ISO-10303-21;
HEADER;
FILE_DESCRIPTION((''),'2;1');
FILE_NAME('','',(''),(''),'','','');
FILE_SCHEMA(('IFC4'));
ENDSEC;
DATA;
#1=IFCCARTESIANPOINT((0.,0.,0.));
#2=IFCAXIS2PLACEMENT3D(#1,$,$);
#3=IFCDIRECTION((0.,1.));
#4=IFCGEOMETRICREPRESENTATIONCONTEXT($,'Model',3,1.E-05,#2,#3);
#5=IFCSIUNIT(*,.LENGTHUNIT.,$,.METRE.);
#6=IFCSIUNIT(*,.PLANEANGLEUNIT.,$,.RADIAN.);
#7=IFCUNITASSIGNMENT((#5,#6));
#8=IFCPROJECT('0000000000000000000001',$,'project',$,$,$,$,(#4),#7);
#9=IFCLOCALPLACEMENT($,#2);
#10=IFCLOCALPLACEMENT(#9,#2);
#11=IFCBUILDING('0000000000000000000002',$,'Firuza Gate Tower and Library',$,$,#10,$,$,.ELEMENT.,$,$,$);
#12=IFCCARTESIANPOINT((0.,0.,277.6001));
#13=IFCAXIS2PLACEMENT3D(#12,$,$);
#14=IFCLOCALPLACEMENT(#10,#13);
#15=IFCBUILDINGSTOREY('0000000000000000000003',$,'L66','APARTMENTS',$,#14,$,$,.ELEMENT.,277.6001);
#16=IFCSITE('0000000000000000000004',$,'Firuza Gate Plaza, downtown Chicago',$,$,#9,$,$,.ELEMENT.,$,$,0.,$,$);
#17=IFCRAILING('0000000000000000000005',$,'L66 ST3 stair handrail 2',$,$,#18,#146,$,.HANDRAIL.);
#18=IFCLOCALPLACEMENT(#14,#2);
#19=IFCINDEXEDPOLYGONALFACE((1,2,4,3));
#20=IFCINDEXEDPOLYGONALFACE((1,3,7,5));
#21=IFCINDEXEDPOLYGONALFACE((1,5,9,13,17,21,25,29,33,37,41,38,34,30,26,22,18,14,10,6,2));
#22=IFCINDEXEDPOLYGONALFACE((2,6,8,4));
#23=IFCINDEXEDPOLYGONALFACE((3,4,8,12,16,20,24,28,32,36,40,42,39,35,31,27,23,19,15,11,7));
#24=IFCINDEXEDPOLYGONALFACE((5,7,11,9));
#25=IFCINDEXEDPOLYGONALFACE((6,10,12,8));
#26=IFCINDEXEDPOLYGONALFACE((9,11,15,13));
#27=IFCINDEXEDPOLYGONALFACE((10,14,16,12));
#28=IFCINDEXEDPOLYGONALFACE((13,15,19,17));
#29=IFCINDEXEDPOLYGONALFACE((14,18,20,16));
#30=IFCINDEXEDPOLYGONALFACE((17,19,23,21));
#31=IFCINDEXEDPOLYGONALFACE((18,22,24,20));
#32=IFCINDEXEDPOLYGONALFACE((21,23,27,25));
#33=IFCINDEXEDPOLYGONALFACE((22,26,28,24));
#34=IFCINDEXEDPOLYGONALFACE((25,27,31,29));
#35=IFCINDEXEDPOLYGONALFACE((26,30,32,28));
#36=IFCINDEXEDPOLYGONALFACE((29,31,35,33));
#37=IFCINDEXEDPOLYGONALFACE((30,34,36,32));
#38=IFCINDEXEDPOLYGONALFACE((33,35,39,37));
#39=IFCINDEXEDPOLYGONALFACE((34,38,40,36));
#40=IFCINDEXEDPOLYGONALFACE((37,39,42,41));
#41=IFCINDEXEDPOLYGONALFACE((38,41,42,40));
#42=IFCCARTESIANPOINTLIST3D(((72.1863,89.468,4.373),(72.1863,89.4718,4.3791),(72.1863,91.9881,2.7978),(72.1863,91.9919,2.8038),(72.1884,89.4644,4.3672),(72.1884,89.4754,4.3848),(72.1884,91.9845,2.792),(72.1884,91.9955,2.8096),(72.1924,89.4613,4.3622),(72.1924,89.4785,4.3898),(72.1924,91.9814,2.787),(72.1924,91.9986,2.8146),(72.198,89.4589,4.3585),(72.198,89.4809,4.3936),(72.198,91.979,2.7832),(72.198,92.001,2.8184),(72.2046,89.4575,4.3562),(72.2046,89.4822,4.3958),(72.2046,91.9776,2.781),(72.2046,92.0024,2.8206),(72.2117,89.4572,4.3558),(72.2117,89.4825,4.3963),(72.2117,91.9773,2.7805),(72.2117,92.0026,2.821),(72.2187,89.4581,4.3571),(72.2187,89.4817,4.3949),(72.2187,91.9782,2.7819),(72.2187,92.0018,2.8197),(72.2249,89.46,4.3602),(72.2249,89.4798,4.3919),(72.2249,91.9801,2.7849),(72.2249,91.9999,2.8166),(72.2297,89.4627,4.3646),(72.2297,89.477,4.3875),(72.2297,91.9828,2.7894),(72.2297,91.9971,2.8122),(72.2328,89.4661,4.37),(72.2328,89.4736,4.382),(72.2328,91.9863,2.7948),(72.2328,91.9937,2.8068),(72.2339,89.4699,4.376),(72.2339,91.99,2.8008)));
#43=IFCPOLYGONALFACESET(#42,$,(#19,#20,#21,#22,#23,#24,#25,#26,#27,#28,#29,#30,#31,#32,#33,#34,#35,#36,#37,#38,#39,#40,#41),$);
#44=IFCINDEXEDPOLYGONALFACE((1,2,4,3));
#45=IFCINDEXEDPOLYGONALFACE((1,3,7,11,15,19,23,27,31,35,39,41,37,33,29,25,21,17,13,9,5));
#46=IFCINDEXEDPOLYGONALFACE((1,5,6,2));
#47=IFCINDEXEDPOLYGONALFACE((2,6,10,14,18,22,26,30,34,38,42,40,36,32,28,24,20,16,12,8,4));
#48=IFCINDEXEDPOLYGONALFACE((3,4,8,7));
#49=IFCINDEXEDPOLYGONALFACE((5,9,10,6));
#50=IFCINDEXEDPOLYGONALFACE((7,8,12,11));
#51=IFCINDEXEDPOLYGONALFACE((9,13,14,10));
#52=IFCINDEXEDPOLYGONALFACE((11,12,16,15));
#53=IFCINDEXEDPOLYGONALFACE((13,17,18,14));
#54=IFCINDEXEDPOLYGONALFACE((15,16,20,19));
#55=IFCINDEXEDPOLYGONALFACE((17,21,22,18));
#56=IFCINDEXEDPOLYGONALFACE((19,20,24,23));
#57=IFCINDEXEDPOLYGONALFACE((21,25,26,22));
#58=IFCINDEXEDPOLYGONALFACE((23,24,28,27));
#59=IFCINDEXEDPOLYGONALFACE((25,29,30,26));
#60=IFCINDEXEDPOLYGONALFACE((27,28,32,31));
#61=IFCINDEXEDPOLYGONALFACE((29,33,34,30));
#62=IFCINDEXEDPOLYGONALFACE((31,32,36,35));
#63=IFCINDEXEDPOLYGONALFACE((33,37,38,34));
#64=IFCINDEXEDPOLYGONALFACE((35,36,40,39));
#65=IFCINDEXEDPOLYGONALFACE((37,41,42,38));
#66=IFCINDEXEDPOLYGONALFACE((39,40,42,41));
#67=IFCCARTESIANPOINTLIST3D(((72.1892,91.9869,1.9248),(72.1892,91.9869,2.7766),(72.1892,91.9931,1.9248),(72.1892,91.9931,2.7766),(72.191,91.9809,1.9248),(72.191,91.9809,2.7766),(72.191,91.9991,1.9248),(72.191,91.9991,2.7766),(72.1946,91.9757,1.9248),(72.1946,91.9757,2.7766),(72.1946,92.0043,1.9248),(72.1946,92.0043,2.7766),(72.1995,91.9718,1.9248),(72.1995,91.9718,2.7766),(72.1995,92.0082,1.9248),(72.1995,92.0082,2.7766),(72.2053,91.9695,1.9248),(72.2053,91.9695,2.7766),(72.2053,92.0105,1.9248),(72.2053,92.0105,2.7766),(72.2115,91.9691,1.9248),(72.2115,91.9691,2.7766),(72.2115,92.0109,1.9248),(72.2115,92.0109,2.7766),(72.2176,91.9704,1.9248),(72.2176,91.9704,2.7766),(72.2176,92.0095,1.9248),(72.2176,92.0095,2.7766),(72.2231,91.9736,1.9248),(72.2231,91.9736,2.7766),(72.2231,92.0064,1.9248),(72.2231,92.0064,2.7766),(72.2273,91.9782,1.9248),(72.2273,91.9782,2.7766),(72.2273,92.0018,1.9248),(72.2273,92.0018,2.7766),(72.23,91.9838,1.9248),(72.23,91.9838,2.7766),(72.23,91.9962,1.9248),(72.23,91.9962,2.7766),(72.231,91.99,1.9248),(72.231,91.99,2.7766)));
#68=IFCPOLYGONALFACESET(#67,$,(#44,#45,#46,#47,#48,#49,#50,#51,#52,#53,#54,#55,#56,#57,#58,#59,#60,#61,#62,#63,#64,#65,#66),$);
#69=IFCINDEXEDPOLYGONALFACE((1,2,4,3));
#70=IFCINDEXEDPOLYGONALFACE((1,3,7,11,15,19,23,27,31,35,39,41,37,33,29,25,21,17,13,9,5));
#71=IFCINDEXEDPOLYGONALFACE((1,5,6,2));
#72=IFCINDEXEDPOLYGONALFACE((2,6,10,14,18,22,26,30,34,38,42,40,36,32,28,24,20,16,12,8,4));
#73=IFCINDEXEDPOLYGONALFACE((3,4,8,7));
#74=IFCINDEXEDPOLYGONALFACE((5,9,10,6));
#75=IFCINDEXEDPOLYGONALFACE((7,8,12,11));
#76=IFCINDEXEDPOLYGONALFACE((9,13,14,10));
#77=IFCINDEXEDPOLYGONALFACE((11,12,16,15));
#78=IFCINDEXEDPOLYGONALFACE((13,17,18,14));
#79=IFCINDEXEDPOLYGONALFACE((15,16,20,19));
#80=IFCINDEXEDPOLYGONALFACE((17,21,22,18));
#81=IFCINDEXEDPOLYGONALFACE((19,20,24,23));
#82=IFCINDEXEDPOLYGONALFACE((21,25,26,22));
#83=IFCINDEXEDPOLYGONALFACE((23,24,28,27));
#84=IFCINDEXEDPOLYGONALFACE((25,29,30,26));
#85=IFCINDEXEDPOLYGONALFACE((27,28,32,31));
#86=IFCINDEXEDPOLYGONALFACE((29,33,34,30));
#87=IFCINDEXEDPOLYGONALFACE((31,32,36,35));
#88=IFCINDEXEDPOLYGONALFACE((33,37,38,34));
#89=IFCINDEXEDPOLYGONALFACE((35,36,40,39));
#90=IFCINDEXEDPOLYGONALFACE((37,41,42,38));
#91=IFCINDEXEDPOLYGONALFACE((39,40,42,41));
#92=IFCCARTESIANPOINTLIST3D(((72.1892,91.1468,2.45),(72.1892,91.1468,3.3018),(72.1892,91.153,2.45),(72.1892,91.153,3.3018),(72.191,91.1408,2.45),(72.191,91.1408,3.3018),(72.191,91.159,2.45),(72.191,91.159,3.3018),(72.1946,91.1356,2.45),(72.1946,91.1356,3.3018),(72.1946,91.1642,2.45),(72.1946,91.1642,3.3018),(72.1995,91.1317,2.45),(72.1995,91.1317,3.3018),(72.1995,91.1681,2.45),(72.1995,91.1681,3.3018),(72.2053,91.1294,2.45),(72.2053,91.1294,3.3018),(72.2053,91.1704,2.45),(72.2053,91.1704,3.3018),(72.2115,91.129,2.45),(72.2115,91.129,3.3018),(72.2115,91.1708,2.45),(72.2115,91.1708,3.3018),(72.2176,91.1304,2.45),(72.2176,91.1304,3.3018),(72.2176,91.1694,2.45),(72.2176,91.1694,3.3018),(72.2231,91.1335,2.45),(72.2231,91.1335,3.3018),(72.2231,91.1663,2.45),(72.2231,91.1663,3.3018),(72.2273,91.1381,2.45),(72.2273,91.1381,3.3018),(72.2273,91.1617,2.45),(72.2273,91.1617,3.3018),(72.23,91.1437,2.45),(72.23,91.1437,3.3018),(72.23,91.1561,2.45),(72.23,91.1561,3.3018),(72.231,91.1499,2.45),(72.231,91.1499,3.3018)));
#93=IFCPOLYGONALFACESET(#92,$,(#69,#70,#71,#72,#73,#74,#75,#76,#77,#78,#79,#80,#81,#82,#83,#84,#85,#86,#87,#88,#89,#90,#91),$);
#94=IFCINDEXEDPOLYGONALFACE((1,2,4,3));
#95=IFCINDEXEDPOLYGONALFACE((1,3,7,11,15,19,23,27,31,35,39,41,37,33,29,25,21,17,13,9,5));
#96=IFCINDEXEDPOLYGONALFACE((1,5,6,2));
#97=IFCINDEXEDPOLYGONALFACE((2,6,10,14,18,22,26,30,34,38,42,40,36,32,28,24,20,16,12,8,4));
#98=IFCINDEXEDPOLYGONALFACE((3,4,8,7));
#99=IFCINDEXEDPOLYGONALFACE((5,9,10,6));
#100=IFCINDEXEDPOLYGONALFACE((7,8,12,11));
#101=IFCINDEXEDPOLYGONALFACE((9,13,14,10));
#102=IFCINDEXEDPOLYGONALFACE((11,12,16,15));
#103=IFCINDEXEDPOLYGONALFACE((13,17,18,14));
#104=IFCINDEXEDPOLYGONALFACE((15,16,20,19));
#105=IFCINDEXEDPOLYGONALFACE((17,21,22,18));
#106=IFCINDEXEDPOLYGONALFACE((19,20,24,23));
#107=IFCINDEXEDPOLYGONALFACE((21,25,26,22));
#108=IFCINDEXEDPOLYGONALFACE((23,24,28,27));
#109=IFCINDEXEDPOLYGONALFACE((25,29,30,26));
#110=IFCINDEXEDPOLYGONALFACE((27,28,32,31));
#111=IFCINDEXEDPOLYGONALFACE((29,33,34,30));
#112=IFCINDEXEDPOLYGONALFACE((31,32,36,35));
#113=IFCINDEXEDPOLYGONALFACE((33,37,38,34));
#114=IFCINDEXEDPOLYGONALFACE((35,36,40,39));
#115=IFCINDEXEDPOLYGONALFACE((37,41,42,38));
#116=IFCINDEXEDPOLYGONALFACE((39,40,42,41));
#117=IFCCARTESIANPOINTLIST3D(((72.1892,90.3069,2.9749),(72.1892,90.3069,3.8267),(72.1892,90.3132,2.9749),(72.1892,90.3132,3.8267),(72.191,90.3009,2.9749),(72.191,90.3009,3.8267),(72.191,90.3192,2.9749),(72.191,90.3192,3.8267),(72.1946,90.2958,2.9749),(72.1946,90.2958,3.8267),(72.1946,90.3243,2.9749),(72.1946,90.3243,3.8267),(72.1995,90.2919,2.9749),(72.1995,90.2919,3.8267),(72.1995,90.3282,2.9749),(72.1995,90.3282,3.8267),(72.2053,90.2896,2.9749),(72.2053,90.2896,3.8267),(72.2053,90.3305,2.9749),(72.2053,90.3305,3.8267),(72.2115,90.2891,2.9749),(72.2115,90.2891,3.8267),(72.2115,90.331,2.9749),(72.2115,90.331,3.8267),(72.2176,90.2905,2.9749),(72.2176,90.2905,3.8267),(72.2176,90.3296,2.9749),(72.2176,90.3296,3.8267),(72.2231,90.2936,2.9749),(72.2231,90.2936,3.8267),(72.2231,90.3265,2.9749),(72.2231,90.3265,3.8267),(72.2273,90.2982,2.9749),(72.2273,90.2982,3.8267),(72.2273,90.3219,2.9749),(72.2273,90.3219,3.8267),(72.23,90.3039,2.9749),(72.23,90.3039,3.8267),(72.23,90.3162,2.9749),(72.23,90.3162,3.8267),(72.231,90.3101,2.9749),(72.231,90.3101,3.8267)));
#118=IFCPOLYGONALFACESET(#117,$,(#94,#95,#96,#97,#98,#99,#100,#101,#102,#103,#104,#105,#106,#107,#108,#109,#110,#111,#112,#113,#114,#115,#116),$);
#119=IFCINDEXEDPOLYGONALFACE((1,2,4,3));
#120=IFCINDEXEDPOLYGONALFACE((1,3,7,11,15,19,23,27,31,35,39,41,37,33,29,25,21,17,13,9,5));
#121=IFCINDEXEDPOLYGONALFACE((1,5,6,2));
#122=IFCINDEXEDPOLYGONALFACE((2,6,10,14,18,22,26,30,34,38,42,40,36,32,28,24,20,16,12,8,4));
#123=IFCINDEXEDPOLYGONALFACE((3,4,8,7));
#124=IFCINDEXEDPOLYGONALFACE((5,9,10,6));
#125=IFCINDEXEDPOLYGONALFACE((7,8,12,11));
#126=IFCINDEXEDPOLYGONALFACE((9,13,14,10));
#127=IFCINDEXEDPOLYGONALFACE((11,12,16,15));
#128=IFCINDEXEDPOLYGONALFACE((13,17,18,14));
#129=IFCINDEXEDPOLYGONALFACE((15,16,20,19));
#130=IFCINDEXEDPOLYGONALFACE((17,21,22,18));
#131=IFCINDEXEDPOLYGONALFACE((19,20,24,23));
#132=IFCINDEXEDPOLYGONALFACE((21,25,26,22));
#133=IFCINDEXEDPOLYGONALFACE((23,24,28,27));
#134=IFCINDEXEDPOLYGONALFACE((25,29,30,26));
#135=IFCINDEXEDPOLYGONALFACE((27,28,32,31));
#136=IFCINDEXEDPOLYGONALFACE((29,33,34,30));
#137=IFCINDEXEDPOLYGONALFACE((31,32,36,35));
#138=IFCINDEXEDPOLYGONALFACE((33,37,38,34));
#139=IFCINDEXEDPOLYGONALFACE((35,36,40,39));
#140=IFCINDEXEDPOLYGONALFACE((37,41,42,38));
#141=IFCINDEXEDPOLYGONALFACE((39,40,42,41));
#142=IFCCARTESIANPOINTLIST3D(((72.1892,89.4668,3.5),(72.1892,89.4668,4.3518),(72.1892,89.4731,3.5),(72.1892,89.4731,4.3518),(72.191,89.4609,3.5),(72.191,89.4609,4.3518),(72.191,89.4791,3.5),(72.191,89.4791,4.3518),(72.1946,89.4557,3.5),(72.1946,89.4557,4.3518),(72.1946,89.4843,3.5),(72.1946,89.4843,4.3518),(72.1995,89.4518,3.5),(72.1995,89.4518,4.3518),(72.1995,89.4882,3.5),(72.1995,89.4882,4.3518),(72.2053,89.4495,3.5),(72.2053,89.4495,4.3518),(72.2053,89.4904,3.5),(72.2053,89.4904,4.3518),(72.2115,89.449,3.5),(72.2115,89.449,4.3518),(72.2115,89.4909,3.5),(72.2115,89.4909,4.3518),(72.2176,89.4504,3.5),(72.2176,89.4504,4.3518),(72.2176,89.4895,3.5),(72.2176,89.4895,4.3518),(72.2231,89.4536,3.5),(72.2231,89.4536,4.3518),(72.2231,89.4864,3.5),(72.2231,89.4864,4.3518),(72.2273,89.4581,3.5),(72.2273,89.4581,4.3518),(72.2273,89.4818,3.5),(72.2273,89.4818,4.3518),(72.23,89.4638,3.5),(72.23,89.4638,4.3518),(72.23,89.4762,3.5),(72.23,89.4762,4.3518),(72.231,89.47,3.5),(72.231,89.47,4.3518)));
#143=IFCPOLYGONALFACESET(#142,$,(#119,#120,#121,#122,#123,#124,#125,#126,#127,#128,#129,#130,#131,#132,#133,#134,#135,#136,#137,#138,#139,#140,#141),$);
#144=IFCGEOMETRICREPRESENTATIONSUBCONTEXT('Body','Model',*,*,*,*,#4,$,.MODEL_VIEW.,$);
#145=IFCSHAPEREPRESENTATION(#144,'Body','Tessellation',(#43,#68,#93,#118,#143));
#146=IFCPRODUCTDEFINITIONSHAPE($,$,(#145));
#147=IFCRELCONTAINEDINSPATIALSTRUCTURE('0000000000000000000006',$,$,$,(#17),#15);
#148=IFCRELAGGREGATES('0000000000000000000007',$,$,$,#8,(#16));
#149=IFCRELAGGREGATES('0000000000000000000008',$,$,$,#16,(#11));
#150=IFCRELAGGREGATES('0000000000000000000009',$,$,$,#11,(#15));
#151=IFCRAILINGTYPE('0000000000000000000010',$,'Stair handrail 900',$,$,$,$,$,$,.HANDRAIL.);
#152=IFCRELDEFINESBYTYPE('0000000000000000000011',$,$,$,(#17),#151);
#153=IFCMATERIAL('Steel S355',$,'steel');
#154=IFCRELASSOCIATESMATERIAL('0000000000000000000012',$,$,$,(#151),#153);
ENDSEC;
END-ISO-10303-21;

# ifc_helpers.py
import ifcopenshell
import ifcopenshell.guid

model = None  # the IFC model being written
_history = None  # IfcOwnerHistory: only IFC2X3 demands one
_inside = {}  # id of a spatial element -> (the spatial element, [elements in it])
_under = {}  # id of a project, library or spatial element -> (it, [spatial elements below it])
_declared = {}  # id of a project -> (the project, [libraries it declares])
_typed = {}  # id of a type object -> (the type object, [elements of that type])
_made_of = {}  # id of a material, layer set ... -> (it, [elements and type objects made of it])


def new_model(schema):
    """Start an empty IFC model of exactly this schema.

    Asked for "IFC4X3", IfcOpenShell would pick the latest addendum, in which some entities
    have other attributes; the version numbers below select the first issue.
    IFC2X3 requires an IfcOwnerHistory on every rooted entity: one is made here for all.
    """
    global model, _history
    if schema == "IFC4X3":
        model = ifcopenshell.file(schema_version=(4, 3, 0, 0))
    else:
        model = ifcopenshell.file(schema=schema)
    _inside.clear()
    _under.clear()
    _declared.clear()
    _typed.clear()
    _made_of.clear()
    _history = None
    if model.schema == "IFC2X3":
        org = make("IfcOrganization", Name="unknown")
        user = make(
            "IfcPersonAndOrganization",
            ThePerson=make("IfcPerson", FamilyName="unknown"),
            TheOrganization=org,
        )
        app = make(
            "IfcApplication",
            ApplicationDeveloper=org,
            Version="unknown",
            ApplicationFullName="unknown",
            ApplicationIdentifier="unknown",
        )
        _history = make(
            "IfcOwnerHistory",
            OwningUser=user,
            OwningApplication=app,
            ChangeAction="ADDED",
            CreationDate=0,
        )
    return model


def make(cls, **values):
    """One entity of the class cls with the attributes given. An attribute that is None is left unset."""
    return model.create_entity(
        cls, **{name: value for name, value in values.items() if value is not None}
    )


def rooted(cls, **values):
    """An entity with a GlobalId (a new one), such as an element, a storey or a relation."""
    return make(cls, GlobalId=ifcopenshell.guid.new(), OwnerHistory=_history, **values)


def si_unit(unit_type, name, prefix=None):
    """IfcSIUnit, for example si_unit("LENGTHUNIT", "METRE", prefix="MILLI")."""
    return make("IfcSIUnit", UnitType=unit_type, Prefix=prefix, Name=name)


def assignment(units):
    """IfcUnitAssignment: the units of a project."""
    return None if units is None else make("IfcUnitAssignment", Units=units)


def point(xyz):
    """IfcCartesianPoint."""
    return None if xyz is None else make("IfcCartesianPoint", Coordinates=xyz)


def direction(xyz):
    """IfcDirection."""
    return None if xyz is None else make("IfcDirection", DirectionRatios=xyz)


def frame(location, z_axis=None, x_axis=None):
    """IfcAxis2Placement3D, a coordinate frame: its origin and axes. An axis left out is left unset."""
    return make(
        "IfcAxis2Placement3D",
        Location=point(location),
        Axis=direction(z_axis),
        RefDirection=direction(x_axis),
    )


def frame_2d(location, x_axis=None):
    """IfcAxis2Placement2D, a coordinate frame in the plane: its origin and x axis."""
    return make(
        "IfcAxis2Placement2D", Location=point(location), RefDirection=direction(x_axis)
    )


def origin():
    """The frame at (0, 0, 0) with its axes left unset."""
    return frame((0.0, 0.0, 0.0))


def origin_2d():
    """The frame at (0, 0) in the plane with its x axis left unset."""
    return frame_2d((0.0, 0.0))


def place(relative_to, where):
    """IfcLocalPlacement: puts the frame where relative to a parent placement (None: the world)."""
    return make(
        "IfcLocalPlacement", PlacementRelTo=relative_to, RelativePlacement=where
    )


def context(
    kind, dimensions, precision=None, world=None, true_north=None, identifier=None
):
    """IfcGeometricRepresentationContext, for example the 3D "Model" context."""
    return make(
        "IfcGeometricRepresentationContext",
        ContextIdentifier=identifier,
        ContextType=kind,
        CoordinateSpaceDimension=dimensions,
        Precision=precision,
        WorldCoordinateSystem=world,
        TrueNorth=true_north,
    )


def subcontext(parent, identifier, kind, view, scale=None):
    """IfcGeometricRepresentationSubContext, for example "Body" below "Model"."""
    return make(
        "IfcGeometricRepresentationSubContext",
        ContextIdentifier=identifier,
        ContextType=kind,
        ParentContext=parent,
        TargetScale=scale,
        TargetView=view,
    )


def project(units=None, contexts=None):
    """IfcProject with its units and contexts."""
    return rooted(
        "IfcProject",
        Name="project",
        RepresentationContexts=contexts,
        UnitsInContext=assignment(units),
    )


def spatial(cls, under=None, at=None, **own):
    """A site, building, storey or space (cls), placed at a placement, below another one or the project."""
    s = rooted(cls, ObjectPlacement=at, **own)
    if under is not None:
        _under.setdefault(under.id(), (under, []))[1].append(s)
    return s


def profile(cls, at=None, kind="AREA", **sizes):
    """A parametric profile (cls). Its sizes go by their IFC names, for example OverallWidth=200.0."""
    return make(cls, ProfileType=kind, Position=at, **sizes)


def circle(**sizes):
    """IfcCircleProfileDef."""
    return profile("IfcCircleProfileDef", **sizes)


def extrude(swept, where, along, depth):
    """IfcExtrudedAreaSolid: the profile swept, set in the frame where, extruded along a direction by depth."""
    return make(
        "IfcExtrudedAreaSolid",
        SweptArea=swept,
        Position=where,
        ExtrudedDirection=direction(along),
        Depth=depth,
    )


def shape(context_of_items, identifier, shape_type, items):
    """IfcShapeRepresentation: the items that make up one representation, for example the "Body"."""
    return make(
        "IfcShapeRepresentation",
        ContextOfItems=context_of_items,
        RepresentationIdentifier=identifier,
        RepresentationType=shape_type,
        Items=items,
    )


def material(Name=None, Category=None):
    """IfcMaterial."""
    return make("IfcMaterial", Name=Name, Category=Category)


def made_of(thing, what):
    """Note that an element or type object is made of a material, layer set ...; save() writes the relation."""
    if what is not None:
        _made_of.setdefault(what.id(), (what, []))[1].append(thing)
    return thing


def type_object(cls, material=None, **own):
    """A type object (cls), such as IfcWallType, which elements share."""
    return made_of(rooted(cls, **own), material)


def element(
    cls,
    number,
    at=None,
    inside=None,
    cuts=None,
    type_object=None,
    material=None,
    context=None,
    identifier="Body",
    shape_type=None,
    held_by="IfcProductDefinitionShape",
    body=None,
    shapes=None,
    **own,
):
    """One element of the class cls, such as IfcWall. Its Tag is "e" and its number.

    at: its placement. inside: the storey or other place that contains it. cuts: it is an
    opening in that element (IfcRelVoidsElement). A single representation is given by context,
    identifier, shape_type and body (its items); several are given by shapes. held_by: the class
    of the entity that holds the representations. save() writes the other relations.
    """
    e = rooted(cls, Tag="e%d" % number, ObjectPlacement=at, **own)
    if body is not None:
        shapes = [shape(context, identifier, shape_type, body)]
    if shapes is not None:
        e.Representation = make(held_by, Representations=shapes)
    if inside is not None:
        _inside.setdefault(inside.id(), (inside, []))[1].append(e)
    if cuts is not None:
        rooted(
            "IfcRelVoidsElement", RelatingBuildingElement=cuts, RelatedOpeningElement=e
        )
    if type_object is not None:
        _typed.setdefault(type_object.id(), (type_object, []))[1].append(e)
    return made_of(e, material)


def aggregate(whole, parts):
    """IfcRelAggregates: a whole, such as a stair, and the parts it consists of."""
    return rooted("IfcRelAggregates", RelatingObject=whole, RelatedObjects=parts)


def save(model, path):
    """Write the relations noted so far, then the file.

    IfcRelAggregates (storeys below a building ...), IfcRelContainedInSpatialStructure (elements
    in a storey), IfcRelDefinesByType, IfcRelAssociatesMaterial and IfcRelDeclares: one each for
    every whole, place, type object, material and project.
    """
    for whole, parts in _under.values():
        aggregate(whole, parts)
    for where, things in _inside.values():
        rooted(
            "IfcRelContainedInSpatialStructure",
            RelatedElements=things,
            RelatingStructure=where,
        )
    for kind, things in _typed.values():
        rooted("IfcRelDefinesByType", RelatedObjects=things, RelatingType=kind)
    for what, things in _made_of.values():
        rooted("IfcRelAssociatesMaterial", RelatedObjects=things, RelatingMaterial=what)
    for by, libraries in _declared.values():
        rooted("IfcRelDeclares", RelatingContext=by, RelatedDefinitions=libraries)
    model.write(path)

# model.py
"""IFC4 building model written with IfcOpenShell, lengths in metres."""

from ifc_helpers import new_model, si_unit, direction, frame, origin, origin_2d, place, context, subcontext, project, spatial, circle, extrude, material, type_object, element, save


model = new_model("IFC4")

# Units and contexts
model_context = context("Model", 3, precision=1e-05, world=origin(), true_north=direction((0.0, 1.0)))
body_context = subcontext(model_context, "Body", "Model", "MODEL_VIEW")
ifc_project = project(units=[si_unit("LENGTHUNIT", "METRE"), si_unit("PLANEANGLEUNIT", "RADIAN")], contexts=[model_context])

# Site, building, storey
site_placement = place(None, origin())
site = spatial("IfcSite", under=ifc_project, at=site_placement, Name="Firuza Gate Plaza, downtown Chicago", CompositionType="ELEMENT", RefElevation=0.0)
building_placement = place(site_placement, origin())
building = spatial("IfcBuilding", under=site, at=building_placement, Name="Firuza Gate Tower and Library", CompositionType="ELEMENT")
storey_placement = place(building_placement, frame((0.0, 0.0, 277.6001)))
storey = spatial("IfcBuildingStorey", under=building, at=storey_placement, Name="L66", Description="APARTMENTS", CompositionType="ELEMENT", Elevation=277.6001)

# Railing
ifc_material_1 = material(Name="Steel S355", Category="steel")
railing_type_1 = type_object("IfcRailingType", Name="Stair handrail 900", PredefinedType="HANDRAIL", material=ifc_material_1)
railing_1_placement = place(storey_placement, frame((72.21, 91.99, 1.9248)))
element("IfcRailing", 1, at=railing_1_placement, inside=storey, type_object=railing_type_1, Name="L66 ST3 stair handrail 2", PredefinedType="HANDRAIL", context=body_context, shape_type="SweptSolid", body=[
    extrude(circle(Radius=0.0239, at=origin_2d()), frame((0.0, 0.0, 0.876), z_axis=(0.0, -0.847971, 0.530043), x_axis=(1.0, 0.0, 0.0)), (0.0, 0.0, 1.0), 2.9719),
    extrude(circle(Radius=0.021, at=origin_2d()), origin(), (0.0, 0.0, 1.0), 0.8518),
    extrude(circle(Radius=0.021, at=origin_2d()), frame((0.0, -0.8401, 0.5251)), (0.0, 0.0, 1.0), 0.8518),
    extrude(circle(Radius=0.021, at=origin_2d()), frame((0.0, -1.6799, 1.05)), (0.0, 0.0, 1.0), 0.8518),
    extrude(circle(Radius=0.021, at=origin_2d()), frame((0.0, -2.52, 1.5752)), (0.0, 0.0, 1.0), 0.8518),
])

save(model, "model.ifc")
